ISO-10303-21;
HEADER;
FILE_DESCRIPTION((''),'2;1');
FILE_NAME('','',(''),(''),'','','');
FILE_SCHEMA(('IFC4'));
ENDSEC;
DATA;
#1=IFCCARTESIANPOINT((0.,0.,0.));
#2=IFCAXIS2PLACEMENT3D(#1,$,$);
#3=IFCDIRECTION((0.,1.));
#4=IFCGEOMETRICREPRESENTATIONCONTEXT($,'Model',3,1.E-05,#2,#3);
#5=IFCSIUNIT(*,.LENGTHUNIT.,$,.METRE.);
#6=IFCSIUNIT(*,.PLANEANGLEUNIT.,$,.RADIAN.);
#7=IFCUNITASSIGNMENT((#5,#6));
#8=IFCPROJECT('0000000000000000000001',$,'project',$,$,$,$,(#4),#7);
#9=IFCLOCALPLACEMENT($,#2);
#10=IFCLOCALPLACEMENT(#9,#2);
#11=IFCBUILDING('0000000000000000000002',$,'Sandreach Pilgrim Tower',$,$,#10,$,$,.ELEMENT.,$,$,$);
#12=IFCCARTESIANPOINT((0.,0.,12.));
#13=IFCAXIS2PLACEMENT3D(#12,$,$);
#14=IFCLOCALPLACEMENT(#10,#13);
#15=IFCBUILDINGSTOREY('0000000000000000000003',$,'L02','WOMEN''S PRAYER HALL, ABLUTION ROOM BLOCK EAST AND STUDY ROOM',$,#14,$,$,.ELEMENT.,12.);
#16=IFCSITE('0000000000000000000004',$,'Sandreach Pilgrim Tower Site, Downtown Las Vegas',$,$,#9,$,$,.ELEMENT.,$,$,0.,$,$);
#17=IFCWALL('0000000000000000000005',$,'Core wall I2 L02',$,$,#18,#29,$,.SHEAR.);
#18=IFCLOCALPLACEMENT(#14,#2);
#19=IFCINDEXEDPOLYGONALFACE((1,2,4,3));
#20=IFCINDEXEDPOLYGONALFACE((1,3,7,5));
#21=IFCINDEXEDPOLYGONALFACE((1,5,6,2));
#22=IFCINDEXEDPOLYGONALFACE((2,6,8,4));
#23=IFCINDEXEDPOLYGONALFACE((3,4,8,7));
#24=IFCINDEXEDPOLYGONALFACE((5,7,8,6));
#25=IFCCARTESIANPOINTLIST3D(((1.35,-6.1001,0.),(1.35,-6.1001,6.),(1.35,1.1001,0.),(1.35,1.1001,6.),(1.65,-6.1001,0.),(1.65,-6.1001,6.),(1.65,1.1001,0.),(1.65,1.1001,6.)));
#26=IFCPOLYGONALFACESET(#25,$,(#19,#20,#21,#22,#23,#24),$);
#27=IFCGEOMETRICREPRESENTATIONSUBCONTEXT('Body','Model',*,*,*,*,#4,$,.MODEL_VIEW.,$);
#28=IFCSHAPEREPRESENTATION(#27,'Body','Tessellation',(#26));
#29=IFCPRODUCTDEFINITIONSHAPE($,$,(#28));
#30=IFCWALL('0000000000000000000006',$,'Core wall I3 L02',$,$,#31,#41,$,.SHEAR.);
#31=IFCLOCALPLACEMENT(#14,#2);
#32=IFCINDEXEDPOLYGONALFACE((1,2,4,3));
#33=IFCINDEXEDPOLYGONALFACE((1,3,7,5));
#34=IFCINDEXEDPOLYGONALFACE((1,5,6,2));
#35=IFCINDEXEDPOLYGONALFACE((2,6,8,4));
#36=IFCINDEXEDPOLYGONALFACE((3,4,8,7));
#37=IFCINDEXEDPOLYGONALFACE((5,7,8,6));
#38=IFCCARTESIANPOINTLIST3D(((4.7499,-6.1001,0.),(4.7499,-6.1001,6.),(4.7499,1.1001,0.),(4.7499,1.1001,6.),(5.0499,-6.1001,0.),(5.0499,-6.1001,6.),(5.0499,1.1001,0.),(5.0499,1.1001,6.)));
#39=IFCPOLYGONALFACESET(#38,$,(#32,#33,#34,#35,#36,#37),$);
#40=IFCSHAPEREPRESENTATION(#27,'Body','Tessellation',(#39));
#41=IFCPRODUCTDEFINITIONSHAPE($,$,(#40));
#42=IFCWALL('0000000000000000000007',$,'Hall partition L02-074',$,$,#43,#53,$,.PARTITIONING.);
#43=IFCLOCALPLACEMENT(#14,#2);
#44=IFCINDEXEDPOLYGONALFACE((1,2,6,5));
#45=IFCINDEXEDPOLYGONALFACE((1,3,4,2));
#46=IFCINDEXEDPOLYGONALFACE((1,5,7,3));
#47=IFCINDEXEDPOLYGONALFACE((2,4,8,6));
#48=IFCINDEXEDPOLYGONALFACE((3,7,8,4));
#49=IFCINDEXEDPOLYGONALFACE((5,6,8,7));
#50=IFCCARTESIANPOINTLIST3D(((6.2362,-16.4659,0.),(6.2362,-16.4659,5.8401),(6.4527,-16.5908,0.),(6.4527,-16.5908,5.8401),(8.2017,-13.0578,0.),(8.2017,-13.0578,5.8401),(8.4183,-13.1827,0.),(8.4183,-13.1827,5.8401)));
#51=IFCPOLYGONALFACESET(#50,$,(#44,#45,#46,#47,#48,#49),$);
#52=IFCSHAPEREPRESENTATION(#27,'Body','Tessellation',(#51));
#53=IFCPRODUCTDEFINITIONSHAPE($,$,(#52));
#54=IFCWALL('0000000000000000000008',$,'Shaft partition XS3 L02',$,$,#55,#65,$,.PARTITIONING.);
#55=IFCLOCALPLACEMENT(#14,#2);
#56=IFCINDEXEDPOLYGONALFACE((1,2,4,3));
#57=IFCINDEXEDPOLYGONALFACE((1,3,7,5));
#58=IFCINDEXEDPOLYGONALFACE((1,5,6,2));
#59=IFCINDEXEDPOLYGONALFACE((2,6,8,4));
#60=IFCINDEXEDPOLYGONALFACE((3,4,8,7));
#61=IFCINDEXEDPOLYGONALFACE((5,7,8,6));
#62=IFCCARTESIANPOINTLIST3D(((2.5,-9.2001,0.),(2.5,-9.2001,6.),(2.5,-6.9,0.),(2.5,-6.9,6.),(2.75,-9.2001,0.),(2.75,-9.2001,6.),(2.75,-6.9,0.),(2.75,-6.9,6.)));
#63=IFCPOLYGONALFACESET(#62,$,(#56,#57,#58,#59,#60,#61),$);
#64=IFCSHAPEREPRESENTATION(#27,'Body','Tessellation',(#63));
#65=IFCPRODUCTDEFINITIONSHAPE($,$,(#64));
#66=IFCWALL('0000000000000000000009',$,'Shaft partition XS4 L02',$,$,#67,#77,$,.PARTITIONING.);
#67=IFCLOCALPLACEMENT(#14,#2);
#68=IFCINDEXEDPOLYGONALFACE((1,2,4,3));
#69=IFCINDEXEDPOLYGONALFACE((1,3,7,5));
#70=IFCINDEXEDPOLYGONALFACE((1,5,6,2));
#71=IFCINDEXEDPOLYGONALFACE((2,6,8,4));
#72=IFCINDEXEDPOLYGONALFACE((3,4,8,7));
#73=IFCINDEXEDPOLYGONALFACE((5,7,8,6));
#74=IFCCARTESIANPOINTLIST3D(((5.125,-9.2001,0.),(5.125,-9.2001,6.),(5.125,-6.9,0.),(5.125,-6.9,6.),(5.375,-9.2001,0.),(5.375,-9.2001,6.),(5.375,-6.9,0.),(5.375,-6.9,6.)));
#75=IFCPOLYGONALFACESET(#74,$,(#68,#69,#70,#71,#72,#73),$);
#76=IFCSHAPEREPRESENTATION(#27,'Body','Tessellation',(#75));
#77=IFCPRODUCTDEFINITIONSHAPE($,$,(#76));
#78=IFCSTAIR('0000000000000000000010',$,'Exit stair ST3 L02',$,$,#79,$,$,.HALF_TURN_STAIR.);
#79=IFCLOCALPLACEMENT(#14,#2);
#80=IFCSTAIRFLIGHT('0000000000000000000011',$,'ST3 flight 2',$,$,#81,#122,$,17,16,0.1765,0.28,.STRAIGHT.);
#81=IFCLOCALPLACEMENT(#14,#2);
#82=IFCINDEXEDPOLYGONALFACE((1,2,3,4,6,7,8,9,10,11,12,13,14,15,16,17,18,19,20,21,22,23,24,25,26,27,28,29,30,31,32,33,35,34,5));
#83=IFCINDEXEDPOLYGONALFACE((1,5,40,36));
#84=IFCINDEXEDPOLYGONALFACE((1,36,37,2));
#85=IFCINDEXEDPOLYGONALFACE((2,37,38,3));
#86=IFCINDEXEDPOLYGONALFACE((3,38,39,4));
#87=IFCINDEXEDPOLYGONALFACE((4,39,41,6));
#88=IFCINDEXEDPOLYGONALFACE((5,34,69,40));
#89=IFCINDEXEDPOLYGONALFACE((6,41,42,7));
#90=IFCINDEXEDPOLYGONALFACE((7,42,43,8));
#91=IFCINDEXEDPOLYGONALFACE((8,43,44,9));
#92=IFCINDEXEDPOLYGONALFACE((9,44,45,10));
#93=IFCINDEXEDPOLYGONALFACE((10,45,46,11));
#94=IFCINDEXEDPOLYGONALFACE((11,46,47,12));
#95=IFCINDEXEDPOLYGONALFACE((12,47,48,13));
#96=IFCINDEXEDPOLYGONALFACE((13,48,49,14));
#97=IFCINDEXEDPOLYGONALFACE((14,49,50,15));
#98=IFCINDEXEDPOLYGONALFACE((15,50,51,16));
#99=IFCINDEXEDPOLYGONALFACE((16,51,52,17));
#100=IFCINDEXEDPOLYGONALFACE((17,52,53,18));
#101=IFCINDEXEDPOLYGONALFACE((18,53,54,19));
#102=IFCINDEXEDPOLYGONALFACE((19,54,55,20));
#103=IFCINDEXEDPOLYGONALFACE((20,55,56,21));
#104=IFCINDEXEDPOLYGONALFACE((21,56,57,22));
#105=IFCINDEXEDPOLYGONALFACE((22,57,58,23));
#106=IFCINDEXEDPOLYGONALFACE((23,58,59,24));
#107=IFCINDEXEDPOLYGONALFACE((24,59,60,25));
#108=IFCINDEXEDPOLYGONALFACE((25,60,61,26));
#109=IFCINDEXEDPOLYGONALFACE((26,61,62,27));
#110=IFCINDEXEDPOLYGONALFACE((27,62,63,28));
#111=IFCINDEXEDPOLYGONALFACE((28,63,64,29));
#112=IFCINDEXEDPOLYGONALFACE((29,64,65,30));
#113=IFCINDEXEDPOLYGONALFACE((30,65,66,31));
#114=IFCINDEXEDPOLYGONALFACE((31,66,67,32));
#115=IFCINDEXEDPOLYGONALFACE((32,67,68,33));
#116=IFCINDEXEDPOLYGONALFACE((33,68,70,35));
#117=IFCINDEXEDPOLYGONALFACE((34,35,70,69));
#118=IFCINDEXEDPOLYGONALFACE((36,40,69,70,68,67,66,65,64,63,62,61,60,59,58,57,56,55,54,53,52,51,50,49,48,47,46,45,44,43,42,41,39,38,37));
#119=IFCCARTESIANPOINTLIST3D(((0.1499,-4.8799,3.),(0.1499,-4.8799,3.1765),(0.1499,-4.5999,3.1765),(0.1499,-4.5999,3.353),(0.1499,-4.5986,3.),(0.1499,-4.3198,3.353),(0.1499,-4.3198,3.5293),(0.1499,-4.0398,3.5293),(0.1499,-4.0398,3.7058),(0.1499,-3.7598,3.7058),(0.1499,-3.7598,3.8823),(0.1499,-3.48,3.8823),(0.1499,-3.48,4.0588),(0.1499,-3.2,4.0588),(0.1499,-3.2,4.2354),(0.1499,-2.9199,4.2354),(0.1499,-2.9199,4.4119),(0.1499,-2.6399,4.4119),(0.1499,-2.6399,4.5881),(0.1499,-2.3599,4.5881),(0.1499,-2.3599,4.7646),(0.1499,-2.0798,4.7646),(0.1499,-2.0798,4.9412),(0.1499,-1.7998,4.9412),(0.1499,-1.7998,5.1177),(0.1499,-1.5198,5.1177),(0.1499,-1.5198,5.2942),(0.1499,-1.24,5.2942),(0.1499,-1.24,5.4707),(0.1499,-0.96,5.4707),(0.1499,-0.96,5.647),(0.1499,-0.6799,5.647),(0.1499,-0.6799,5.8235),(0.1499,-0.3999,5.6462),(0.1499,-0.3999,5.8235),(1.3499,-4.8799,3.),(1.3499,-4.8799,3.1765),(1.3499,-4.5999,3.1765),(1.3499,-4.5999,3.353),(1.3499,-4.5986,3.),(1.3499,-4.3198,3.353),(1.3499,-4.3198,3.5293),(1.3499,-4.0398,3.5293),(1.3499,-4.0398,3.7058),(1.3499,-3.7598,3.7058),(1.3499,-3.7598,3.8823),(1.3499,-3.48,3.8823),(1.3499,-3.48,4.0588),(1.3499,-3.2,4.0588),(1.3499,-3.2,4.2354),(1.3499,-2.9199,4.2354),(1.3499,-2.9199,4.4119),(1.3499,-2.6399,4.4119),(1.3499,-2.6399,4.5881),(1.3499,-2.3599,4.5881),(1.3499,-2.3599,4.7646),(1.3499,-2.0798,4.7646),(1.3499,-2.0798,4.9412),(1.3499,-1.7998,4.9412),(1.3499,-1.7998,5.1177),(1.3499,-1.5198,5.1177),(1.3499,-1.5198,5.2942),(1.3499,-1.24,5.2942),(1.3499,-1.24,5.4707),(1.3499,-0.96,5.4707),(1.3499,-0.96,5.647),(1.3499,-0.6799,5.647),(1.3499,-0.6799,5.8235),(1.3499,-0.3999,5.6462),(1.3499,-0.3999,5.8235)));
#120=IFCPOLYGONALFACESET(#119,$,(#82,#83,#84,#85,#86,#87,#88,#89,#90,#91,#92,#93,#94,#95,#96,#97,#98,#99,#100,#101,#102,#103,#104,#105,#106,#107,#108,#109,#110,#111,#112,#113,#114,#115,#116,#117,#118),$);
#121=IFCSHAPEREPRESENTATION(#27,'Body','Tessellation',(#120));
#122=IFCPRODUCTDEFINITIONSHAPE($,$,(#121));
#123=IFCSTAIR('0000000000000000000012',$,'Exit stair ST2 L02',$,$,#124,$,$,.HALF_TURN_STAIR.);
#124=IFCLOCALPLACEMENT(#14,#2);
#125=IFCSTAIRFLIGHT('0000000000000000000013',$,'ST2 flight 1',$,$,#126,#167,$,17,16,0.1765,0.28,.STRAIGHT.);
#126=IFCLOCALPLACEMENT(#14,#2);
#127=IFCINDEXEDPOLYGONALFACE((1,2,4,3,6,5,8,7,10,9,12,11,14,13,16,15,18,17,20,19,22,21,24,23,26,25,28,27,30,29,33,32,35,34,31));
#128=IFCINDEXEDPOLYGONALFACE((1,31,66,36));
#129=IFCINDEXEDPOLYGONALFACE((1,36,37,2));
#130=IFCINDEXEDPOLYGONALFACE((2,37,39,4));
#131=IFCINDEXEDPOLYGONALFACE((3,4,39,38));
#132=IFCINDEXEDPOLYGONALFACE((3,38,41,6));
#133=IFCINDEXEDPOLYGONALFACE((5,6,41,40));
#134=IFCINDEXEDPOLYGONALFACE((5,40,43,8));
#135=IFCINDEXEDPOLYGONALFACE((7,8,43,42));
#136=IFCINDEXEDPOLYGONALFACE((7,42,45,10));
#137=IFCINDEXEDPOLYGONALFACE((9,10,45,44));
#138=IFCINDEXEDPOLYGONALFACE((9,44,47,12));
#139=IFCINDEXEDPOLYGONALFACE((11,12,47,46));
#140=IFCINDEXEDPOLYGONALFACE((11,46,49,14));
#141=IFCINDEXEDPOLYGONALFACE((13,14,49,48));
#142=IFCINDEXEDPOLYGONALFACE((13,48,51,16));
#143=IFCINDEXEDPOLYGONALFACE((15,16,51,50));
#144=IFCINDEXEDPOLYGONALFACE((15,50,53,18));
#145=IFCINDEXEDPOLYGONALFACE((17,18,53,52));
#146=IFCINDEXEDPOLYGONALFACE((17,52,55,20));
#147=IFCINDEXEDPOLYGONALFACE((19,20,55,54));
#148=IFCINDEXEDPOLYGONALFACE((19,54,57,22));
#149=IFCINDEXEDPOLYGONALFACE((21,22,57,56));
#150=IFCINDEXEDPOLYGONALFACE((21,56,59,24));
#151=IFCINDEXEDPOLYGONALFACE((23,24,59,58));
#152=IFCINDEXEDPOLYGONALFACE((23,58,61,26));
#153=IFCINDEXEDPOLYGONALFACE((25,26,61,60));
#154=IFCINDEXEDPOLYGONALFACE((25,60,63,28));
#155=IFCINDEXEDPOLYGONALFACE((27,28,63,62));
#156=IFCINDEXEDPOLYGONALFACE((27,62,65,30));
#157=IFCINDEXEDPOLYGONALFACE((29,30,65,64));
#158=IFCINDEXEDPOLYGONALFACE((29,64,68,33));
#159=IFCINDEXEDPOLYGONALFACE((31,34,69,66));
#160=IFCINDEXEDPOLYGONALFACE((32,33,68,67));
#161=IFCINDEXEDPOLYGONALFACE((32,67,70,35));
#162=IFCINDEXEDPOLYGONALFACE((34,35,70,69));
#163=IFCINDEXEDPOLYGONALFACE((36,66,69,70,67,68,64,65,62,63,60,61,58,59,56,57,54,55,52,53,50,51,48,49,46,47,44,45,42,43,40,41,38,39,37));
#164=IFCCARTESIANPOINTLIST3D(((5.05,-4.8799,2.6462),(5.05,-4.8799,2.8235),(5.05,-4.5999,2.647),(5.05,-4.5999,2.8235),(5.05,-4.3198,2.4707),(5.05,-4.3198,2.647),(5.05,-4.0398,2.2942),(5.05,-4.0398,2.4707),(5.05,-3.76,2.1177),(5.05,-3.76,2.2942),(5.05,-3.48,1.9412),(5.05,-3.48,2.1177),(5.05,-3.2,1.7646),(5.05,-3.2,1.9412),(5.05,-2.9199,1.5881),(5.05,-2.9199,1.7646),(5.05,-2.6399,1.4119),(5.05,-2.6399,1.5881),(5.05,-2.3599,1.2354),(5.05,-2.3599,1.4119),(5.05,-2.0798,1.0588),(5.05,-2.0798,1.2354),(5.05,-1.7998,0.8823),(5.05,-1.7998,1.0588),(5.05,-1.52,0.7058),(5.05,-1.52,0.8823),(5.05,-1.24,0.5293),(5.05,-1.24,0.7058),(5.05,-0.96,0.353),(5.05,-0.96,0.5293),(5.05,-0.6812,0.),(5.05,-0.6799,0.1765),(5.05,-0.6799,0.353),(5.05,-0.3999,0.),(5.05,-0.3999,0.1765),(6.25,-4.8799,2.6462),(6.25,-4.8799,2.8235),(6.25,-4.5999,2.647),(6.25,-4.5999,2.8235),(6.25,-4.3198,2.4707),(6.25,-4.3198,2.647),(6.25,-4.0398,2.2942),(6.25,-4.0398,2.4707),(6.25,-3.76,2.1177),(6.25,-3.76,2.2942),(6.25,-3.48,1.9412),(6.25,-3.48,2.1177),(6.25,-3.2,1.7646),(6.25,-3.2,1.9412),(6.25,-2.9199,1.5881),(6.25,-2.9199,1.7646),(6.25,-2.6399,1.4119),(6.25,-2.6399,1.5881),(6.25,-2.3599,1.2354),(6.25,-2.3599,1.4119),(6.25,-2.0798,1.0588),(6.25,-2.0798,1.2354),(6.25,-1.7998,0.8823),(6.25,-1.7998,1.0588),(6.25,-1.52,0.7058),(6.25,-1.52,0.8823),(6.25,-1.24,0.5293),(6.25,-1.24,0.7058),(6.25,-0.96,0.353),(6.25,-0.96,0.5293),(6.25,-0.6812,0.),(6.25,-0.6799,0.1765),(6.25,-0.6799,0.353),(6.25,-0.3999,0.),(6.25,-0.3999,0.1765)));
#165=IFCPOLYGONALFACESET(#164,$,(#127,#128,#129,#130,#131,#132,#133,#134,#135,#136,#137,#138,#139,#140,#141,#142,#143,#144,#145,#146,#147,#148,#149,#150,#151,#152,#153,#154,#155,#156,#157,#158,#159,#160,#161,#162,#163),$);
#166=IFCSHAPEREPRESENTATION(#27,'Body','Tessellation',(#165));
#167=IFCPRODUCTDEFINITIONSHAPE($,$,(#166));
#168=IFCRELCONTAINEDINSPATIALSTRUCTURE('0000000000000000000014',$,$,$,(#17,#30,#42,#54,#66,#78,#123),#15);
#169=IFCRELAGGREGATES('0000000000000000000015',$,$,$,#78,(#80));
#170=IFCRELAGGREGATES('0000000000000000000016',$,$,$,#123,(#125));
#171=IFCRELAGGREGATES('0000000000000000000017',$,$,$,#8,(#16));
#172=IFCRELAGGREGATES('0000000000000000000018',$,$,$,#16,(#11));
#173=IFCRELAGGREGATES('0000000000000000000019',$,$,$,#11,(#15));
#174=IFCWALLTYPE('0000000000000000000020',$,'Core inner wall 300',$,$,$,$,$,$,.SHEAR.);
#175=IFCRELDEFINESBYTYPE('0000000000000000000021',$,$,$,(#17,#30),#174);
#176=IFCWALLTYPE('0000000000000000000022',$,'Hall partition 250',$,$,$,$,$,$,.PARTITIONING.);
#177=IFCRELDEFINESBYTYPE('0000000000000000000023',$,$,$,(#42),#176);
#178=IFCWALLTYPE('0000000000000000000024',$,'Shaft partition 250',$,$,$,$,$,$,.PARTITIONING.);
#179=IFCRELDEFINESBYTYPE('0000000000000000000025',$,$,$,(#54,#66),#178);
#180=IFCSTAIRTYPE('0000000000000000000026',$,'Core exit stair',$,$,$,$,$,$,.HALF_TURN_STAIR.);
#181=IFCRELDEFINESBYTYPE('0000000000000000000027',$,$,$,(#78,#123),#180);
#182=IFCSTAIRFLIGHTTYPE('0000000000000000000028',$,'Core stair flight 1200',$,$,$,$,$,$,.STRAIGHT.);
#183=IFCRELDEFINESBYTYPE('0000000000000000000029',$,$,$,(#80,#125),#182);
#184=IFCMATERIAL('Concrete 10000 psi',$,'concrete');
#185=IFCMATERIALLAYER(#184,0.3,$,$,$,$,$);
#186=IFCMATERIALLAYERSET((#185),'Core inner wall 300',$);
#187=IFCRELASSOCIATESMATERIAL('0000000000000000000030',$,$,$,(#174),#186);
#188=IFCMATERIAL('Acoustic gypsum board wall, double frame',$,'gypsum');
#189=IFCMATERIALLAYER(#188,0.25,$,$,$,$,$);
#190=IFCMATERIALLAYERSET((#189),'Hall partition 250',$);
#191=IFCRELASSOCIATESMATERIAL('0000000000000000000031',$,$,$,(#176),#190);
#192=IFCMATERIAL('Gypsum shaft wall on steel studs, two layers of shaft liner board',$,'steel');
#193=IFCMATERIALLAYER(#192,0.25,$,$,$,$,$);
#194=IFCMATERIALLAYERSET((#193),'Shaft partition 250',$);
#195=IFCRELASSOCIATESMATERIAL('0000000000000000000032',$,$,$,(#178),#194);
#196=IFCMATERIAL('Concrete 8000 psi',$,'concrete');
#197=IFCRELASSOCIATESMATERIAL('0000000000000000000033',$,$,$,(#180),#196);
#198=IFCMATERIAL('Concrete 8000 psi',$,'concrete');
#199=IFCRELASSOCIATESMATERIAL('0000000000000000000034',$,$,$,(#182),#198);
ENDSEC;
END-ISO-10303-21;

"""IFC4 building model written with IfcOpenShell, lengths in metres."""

from ifc_helpers import new_model, si_unit, direction, frame, frame_2d, origin, place, context, subcontext, project, spatial, polyline, rectangle, outline, extrude, material, layer, layer_set, type_object, element, aggregate, save


model = new_model("IFC4")

# Units and contexts
model_context = context("Model", 3, precision=1e-05, world=origin(), true_north=direction((0.0, 1.0)))
body_context = subcontext(model_context, "Body", "Model", "MODEL_VIEW")
ifc_project = project(units=[si_unit("LENGTHUNIT", "METRE"), si_unit("PLANEANGLEUNIT", "RADIAN")], contexts=[model_context])

# Site, building, storey
site_placement = place(None, origin())
site = spatial("IfcSite", under=ifc_project, at=site_placement, Name="Sandreach Pilgrim Tower Site, Downtown Las Vegas", CompositionType="ELEMENT", RefElevation=0.0)
building_placement = place(site_placement, origin())
building = spatial("IfcBuilding", under=site, at=building_placement, Name="Sandreach Pilgrim Tower", CompositionType="ELEMENT")
storey_placement = place(building_placement, frame((0.0, 0.0, 12.0)))
storey = spatial("IfcBuildingStorey", under=building, at=storey_placement, Name="L02", Description="WOMEN'S PRAYER HALL, ABLUTION ROOM BLOCK EAST AND STUDY ROOM", CompositionType="ELEMENT", Elevation=12.0)

# Walls
ifc_material_1 = material(Name="Concrete 10000 psi", Category="concrete")
ifc_layer_1 = layer(ifc_material_1, 0.3)
ifc_layer_set_1 = layer_set([ifc_layer_1], Name="Core inner wall 300")
wall_type_1 = type_object("IfcWallType", Name="Core inner wall 300", PredefinedType="SHEAR", material=ifc_layer_set_1)
for number, where, z_axis, x_axis, name in (
    (1, (1.5, -6.1001, 0.0), (0.0, 0.0, 1.0), (0.0, 1.0, 0.0), "Core wall I2 L02"),
    (2, (4.8999, -6.1001, 0.0), (0.0, 0.0, 1.0), (0.0, 1.0, 0.0), "Core wall I3 L02"),
):
    element("IfcWall", number, at=place(storey_placement, frame(where, z_axis=z_axis, x_axis=x_axis)), inside=storey, type_object=wall_type_1, Name=name, PredefinedType="SHEAR", context=body_context, shape_type="SweptSolid", body=[
        extrude(rectangle(XDim=7.2002, YDim=0.3, at=frame_2d((3.6001, 0.0))), origin(), (0.0, 0.0, 1.0), 6.0),
    ])

# Walls
ifc_material_2 = material(Name="Acoustic gypsum board wall, double frame", Category="gypsum")
ifc_layer_2 = layer(ifc_material_2, 0.25)
ifc_layer_set_2 = layer_set([ifc_layer_2], Name="Hall partition 250")
wall_type_2 = type_object("IfcWallType", Name="Hall partition 250", PredefinedType="PARTITIONING", material=ifc_layer_set_2)
wall_1_placement = place(storey_placement, frame((8.3101, -13.1201, 0.0), z_axis=(0.0, 0.0, 1.0), x_axis=(-0.49959, -0.866262, 0.0)))
element("IfcWall", 3, at=wall_1_placement, inside=storey, type_object=wall_type_2, Name="Hall partition L02-074", PredefinedType="PARTITIONING", context=body_context, shape_type="SweptSolid", body=[
    extrude(rectangle(XDim=3.9343, YDim=0.25, at=frame_2d((1.9673, 0.0))), origin(), (0.0, 0.0, 1.0), 5.8401),
])
ifc_material_3 = material(Name="Gypsum shaft wall on steel studs, two layers of shaft liner board", Category="steel")
ifc_layer_3 = layer(ifc_material_3, 0.25)
ifc_layer_set_3 = layer_set([ifc_layer_3], Name="Shaft partition 250")
wall_type_3 = type_object("IfcWallType", Name="Shaft partition 250", PredefinedType="PARTITIONING", material=ifc_layer_set_3)
for number, where, z_axis, x_axis, name in (
    (4, (2.625, -9.2, 0.0), (0.0, 0.0, 1.0), (0.0, 1.0, 0.0), "Shaft partition XS3 L02"),
    (5, (5.25, -9.2, 0.0), (0.0, 0.0, 1.0), (0.0, 1.0, 0.0), "Shaft partition XS4 L02"),
):
    element("IfcWall", number, at=place(storey_placement, frame(where, z_axis=z_axis, x_axis=x_axis)), inside=storey, type_object=wall_type_3, Name=name, PredefinedType="PARTITIONING", context=body_context, shape_type="SweptSolid", body=[
        extrude(rectangle(XDim=2.3, YDim=0.25, at=frame_2d((1.1499, 0.0))), origin(), (0.0, 0.0, 1.0), 6.0),
    ])

# Stair, stair flight
ifc_material_4 = material(Name="Concrete 8000 psi", Category="concrete")
stair_type = type_object("IfcStairType", Name="Core exit stair", PredefinedType="HALF_TURN_STAIR", material=ifc_material_4)
stair_1_placement = place(storey_placement, origin())
stair_1 = element("IfcStair", 6, at=stair_1_placement, inside=storey, type_object=stair_type, Name="Exit stair ST3 L02", PredefinedType="HALF_TURN_STAIR")
ifc_material_5 = material(Name="Concrete 8000 psi", Category="concrete")
stair_flight_type = type_object("IfcStairFlightType", Name="Core stair flight 1200", PredefinedType="STRAIGHT", material=ifc_material_5)
stair_flight_1_placement = place(storey_placement, frame((0.75, -4.8799, 3.0), z_axis=(0.0, 0.0, 1.0), x_axis=(0.0, 1.0, 0.0)))
stair_flight_1 = element("IfcStairFlight", 7, at=stair_flight_1_placement, type_object=stair_flight_type, Name="ST3 flight 2", NumberOfRisers=17, NumberOfTreads=16, PredefinedType="STRAIGHT", RiserHeight=0.1765, TreadLength=0.28, context=body_context, shape_type="SweptSolid", body=[
    extrude(outline(polyline([(0.0, 0.0), (0.0, 0.1765), (0.28, 0.1765), (0.28, 0.353), (0.5601, 0.353), (0.5601, 0.5293), (0.8401, 0.5293), (0.8401, 0.7058), (1.1201, 0.7058), (1.1201, 0.8823), (1.3999, 0.8823), (1.3999, 1.0588), (1.6799, 1.0588), (1.6799, 1.2354), (1.96, 1.2354), (1.96, 1.4119), (2.24, 1.4119), (2.24, 1.5881), (2.52, 1.5881), (2.52, 1.7646), (2.8, 1.7646), (2.8, 1.9412), (3.0801, 1.9412), (3.0801, 2.1177), (3.3601, 2.1177), (3.3601, 2.2942), (3.6399, 2.2942), (3.6399, 2.4707), (3.9199, 2.4707), (3.9199, 2.647), (4.2, 2.647), (4.2, 2.8235), (4.48, 2.8235), (4.48, 3.0), (4.48, 2.6462), (0.2812, 0.0), (0.0, 0.0)])), frame((0.0, 0.6001, 0.0), z_axis=(0.0, -1.0, 0.0), x_axis=(1.0, 0.0, 0.0)), (0.0, 0.0, 1.0), 1.2),
])
aggregate(stair_1, [stair_flight_1])

# Stair, stair flight
stair_2_placement = place(storey_placement, origin())
stair_2 = element("IfcStair", 8, at=stair_2_placement, inside=storey, type_object=stair_type, Name="Exit stair ST2 L02", PredefinedType="HALF_TURN_STAIR")
stair_flight_2_placement = place(storey_placement, frame((5.6499, -0.3999, 0.0), z_axis=(0.0, 0.0, 1.0), x_axis=(0.0, -1.0, 0.0)))
stair_flight_2 = element("IfcStairFlight", 9, at=stair_flight_2_placement, type_object=stair_flight_type, Name="ST2 flight 1", NumberOfRisers=17, NumberOfTreads=16, PredefinedType="STRAIGHT", RiserHeight=0.1765, TreadLength=0.28, context=body_context, shape_type="SweptSolid", body=[
    extrude(outline(polyline([(0.0, 0.0), (0.0, 0.1765), (0.28, 0.1765), (0.28, 0.353), (0.5601, 0.353), (0.5601, 0.5293), (0.8401, 0.5293), (0.8401, 0.7058), (1.1201, 0.7058), (1.1201, 0.8823), (1.3999, 0.8823), (1.3999, 1.0588), (1.6799, 1.0588), (1.6799, 1.2354), (1.96, 1.2354), (1.96, 1.4119), (2.24, 1.4119), (2.24, 1.5881), (2.52, 1.5881), (2.52, 1.7646), (2.8, 1.7646), (2.8, 1.9412), (3.0801, 1.9412), (3.0801, 2.1177), (3.3601, 2.1177), (3.3601, 2.2942), (3.6399, 2.2942), (3.6399, 2.4707), (3.9199, 2.4707), (3.9199, 2.647), (4.2, 2.647), (4.2, 2.8235), (4.48, 2.8235), (4.48, 3.0), (4.48, 2.6462), (0.2812, 0.0), (0.0, 0.0)])), frame((0.0, 0.6001, 0.0), z_axis=(0.0, -1.0, 0.0), x_axis=(1.0, 0.0, 0.0)), (0.0, 0.0, 1.0), 1.2),
])
aggregate(stair_2, [stair_flight_2])

save(model, "model.ifc")
